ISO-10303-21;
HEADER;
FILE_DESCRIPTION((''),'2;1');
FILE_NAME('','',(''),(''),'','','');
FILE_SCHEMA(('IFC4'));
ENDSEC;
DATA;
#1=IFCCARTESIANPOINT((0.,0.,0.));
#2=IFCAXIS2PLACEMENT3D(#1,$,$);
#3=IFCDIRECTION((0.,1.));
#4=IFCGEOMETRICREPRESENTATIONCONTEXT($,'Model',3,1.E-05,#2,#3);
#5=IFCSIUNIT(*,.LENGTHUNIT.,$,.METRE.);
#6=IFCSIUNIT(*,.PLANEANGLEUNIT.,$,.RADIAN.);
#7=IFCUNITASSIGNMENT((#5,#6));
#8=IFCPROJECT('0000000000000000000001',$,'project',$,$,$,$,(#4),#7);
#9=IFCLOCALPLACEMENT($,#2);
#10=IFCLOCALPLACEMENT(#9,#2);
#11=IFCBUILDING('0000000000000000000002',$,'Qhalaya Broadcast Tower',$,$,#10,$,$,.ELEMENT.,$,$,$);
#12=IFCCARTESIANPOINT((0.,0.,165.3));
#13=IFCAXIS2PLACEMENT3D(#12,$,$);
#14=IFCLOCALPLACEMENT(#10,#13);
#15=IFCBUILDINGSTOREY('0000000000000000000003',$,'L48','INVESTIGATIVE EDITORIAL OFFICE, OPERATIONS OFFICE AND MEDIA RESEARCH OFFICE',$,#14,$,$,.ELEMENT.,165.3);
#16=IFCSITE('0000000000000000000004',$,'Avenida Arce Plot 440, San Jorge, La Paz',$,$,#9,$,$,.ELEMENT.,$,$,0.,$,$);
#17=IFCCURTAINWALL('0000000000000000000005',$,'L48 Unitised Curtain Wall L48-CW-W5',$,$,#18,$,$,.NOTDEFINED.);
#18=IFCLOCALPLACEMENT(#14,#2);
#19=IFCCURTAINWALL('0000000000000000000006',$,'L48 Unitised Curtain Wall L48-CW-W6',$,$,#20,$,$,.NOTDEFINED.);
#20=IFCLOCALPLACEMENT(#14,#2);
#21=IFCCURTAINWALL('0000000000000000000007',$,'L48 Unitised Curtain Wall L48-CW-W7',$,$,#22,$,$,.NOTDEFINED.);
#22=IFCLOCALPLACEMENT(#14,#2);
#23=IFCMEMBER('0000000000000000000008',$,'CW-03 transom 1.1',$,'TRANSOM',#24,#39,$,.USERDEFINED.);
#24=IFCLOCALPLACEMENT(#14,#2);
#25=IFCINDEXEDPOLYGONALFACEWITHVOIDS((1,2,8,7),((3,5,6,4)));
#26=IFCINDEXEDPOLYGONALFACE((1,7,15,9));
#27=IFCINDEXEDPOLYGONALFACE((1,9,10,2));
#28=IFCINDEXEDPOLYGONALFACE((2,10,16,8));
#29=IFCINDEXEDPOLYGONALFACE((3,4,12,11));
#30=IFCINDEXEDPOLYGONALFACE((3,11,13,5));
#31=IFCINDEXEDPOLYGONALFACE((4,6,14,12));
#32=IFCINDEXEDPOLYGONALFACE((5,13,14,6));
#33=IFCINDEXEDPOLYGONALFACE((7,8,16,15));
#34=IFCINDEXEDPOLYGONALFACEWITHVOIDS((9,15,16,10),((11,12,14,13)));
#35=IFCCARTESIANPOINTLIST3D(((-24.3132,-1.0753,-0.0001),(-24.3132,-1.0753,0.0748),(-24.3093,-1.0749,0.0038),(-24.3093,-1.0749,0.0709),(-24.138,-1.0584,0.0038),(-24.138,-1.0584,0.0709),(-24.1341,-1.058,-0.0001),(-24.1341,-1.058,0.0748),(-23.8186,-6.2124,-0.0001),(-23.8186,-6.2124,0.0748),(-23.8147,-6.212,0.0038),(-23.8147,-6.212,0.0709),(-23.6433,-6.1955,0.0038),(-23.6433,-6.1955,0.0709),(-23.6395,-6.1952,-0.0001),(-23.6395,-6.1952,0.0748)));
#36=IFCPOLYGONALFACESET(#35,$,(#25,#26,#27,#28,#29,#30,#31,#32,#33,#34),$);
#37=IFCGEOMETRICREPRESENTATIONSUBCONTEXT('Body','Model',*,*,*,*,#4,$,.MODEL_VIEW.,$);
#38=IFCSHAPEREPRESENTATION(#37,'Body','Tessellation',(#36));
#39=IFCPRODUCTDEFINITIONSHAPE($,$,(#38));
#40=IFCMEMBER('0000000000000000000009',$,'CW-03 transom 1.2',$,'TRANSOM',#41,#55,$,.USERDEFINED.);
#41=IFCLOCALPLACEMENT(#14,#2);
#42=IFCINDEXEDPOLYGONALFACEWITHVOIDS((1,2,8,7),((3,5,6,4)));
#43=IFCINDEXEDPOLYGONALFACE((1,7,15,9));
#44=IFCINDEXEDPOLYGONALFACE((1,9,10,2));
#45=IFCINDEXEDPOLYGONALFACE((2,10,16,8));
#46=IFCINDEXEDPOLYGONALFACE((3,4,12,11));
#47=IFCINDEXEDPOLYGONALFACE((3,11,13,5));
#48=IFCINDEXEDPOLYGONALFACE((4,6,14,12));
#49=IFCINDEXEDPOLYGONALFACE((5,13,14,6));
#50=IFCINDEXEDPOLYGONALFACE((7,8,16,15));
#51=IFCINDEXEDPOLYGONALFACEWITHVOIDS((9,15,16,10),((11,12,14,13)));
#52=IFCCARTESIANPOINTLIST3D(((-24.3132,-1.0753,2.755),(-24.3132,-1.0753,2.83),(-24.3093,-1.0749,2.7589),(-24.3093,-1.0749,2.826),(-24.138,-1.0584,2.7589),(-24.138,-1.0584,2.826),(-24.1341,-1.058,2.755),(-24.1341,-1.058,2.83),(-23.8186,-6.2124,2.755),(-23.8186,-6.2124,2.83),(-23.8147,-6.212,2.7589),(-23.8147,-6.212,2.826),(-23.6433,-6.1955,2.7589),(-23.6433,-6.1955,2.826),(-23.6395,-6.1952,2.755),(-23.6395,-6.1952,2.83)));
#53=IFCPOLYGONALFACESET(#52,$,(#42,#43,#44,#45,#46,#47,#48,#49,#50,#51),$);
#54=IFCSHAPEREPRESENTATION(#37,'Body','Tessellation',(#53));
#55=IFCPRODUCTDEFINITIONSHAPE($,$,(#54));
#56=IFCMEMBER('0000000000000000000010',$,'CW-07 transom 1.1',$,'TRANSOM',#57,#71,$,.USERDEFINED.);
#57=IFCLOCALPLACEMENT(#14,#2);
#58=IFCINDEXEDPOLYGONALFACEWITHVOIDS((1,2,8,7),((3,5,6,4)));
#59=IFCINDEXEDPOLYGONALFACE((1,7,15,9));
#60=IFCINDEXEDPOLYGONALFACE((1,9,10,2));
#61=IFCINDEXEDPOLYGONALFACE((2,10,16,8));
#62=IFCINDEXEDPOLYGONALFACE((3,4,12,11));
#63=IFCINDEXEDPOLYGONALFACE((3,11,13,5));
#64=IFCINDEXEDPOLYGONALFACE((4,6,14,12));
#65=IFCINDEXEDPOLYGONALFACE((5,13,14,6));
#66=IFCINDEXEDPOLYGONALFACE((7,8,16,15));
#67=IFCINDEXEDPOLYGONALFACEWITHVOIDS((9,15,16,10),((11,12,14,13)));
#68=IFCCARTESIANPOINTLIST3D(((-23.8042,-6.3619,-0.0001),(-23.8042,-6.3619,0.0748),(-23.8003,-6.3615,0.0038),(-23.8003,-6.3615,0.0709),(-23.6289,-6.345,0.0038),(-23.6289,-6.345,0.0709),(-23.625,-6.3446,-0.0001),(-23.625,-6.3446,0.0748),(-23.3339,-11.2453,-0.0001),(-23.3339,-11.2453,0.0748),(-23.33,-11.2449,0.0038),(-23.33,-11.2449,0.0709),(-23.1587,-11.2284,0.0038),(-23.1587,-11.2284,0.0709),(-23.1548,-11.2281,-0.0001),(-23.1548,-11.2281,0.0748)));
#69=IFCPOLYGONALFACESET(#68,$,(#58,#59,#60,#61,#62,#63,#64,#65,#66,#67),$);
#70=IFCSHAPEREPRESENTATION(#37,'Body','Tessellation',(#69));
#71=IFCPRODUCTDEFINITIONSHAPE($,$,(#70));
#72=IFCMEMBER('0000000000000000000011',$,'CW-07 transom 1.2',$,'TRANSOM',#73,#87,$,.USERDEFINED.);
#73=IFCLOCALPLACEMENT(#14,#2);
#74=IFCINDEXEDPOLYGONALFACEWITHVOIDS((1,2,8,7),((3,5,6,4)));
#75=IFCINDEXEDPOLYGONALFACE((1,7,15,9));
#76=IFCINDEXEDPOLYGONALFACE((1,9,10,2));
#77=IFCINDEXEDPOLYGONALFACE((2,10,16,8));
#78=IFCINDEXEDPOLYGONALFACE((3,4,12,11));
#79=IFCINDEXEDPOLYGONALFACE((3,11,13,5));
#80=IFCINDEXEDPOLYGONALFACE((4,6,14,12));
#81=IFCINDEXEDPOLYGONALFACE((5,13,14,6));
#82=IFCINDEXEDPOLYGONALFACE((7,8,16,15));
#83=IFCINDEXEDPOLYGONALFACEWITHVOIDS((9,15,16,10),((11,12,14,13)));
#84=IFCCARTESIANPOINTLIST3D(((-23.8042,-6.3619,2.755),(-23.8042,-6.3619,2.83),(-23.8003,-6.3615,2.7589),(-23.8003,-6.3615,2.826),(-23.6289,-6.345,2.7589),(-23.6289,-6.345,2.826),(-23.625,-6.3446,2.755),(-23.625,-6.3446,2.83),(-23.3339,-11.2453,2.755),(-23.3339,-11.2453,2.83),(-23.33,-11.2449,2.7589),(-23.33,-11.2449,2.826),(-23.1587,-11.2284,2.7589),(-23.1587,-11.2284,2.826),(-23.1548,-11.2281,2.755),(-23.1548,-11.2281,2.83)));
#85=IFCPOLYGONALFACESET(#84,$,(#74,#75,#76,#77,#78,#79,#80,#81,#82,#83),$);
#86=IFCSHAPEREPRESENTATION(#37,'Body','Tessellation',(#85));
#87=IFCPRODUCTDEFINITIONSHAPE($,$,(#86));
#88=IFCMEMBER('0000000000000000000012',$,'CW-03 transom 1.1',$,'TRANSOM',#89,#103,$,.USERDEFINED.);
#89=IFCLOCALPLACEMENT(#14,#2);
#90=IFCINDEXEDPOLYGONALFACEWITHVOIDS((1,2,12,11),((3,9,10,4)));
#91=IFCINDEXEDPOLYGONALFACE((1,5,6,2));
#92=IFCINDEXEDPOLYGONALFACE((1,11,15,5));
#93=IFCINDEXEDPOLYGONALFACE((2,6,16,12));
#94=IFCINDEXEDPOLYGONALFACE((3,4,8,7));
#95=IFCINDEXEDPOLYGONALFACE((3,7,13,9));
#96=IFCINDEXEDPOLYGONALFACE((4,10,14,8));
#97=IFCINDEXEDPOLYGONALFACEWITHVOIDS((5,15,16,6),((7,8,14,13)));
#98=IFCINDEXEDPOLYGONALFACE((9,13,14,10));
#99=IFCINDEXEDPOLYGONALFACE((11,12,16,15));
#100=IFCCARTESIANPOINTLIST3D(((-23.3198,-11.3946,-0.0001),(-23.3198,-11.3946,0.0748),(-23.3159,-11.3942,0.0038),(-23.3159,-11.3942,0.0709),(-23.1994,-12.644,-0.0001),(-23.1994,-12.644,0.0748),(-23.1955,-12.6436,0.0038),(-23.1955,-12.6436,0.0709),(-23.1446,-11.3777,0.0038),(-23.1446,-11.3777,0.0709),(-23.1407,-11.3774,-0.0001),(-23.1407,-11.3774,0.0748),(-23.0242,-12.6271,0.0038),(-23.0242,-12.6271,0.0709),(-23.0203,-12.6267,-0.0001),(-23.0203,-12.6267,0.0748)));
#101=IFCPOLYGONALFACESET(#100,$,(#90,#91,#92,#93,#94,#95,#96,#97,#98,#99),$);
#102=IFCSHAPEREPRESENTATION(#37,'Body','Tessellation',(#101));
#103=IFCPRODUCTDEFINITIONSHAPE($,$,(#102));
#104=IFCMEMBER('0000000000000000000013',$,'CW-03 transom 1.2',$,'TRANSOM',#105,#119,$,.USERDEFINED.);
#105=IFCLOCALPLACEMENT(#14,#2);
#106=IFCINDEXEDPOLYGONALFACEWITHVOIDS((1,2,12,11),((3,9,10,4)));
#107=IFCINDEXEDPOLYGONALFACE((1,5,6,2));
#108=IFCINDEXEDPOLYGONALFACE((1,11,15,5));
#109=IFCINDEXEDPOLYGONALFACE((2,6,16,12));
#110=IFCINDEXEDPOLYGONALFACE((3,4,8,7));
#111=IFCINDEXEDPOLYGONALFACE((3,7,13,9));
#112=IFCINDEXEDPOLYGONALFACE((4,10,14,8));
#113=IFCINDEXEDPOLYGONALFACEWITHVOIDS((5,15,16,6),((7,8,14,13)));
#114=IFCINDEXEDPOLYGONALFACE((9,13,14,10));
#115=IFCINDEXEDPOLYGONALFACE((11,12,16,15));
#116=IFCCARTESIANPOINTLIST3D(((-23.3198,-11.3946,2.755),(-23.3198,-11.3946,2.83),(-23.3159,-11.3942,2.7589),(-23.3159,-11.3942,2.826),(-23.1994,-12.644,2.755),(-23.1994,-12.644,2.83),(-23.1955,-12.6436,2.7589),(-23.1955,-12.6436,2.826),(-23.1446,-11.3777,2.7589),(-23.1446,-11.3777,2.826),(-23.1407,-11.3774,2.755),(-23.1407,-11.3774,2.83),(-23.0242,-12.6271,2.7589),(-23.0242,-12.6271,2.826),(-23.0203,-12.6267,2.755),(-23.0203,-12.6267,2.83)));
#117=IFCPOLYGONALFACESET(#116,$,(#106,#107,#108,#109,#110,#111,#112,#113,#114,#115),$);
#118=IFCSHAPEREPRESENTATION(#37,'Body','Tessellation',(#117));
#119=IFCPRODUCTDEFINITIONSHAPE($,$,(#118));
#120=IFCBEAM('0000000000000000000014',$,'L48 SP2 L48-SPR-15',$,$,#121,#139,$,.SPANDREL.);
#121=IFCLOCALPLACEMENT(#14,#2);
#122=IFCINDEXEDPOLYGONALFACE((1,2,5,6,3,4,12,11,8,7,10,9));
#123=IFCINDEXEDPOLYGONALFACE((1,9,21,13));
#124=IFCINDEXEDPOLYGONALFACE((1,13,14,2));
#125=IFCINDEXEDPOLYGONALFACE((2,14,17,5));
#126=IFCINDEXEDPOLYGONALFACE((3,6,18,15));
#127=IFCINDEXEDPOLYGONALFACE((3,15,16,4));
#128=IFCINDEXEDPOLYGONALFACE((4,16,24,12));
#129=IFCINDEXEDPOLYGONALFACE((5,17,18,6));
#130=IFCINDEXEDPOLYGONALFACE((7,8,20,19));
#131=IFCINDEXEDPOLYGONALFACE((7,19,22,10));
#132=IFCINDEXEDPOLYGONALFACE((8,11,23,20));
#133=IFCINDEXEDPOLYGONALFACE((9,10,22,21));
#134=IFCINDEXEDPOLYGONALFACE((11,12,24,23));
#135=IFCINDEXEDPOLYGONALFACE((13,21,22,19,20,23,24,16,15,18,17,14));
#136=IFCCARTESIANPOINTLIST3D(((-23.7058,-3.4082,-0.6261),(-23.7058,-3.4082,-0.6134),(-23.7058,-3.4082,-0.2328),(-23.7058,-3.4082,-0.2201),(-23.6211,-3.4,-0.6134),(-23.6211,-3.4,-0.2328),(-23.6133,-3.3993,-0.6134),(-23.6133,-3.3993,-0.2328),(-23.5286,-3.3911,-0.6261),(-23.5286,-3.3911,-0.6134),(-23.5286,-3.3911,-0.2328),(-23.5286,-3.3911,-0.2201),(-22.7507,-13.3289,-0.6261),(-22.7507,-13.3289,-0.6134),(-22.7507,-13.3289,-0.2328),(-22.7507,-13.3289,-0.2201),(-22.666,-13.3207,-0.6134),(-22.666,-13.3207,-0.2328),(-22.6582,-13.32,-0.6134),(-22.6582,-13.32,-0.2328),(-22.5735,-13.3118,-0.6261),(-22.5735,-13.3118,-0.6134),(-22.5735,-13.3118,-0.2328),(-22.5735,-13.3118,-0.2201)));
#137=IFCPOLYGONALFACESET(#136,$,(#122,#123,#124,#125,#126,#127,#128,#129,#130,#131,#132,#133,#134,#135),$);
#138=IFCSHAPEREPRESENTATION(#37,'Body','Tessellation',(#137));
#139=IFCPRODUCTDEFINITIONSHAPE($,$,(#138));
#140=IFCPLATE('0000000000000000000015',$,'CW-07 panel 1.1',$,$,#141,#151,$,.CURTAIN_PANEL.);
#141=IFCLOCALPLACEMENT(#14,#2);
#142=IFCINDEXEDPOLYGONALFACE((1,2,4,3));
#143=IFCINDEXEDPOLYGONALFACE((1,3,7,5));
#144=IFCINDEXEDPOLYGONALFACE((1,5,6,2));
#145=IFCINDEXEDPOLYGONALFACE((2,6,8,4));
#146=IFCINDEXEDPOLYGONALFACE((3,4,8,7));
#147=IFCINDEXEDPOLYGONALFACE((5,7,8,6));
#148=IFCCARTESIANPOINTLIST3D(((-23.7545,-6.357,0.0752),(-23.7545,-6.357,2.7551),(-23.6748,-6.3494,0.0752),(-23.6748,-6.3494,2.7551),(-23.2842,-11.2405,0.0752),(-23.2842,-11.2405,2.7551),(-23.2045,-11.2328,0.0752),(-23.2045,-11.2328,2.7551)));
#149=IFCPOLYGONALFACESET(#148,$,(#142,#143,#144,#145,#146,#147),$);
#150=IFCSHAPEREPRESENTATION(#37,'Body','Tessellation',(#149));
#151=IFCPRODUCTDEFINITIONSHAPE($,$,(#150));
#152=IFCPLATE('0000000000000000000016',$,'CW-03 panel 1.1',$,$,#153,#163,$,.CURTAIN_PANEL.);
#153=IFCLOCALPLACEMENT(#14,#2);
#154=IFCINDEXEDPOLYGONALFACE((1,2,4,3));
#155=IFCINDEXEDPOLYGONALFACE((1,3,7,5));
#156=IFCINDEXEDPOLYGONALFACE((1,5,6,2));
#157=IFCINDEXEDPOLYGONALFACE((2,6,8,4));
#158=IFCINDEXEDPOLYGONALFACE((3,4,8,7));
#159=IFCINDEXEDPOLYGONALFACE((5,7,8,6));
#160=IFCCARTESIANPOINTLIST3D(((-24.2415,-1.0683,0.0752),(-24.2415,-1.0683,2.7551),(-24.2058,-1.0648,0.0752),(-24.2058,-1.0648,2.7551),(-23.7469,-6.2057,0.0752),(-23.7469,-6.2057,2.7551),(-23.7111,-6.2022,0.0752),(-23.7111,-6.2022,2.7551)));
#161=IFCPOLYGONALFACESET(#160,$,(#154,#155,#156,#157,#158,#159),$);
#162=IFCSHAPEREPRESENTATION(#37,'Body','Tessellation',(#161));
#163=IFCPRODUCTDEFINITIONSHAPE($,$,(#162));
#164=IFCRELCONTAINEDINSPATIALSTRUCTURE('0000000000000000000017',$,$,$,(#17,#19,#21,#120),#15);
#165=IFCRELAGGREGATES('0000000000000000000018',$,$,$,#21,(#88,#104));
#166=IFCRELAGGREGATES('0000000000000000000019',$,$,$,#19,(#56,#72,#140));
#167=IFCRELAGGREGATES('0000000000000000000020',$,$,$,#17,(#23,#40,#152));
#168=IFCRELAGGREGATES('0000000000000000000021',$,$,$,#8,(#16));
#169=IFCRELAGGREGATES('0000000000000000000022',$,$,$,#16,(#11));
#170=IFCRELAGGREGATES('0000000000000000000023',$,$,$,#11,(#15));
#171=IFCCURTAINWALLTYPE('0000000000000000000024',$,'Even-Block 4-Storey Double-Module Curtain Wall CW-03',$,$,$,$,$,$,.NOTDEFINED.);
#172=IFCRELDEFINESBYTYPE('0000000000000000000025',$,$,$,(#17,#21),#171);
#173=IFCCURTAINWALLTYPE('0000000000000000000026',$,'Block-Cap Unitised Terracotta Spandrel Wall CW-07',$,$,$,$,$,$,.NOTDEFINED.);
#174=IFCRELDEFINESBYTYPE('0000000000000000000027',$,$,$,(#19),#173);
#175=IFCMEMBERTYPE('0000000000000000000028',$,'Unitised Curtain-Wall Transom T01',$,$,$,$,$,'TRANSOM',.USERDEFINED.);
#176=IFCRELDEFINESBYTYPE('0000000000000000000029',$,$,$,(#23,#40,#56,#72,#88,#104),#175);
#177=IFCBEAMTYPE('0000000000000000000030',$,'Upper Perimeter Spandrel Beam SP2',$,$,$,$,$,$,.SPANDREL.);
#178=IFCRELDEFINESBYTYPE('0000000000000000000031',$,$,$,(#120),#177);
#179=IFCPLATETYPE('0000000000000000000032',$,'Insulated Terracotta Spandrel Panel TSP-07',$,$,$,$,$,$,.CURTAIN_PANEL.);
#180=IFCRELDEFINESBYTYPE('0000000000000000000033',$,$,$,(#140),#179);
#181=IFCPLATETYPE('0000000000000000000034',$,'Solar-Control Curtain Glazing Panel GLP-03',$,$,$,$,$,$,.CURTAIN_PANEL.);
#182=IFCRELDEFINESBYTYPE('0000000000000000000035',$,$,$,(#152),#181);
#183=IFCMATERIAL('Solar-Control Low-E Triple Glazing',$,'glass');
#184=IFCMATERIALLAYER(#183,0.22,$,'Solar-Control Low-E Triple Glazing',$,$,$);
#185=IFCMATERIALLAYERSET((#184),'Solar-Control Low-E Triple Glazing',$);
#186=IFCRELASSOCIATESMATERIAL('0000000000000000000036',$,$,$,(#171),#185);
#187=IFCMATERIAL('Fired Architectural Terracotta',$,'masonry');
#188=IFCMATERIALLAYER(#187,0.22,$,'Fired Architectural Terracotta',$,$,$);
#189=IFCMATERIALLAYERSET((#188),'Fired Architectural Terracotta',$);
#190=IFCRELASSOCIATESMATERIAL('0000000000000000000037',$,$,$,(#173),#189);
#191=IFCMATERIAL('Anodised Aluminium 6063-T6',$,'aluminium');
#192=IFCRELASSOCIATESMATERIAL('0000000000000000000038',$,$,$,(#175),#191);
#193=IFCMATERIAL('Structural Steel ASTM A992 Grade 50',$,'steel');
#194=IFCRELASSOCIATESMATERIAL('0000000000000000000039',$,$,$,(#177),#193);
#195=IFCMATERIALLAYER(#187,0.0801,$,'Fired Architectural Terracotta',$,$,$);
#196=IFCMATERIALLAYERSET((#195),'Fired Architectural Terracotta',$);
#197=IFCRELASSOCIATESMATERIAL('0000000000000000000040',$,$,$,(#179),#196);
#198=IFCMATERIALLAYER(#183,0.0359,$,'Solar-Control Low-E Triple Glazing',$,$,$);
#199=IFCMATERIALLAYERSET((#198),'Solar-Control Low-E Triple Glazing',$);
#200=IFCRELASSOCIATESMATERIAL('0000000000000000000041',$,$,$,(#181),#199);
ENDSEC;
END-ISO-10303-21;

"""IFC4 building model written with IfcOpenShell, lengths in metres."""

from ifc_helpers import new_model, si_unit, direction, frame, origin, origin_2d, place, context, subcontext, project, spatial, rectangle, hollow_rectangle, i_section, extrude, material, layer, layer_set, material_profile, profile_set, type_object, element, aggregate, save


model = new_model("IFC4")

# Units and contexts
model_context = context("Model", 3, precision=1e-05, world=origin(), true_north=direction((0.0, 1.0)))
body_context = subcontext(model_context, "Body", "Model", "MODEL_VIEW")
ifc_project = project(units=[si_unit("LENGTHUNIT", "METRE"), si_unit("PLANEANGLEUNIT", "RADIAN")], contexts=[model_context])

# Site, building, storey
site_placement = place(None, origin())
site = spatial("IfcSite", under=ifc_project, at=site_placement, Name="Avenida Arce Plot 440, San Jorge, La Paz", CompositionType="ELEMENT", RefElevation=0.0)
building_placement = place(site_placement, origin())
building = spatial("IfcBuilding", under=site, at=building_placement, Name="Qhalaya Broadcast Tower", CompositionType="ELEMENT")
storey_placement = place(building_placement, frame((0.0, 0.0, 165.3)))
storey = spatial("IfcBuildingStorey", under=building, at=storey_placement, Name="L48", Description="INVESTIGATIVE EDITORIAL OFFICE, OPERATIONS OFFICE AND MEDIA RESEARCH OFFICE", CompositionType="ELEMENT", Elevation=165.3)

# Shared definitions
ifc_material_1 = material(Name="Structural Steel ASTM A992 Grade 50", Category="steel")

# Curtain walls
ifc_material_2 = material(Name="Solar-Control Low-E Triple Glazing", Category="glass")
ifc_layer_1 = layer(ifc_material_2, 0.22, Name="Solar-Control Low-E Triple Glazing")
ifc_layer_set_1 = layer_set([ifc_layer_1], Name="Solar-Control Low-E Triple Glazing")
curtain_wall_type_1 = type_object("IfcCurtainWallType", Name="Even-Block 4-Storey Double-Module Curtain Wall CW-03", PredefinedType="NOTDEFINED", material=ifc_layer_set_1)
curtain_wall_1_placement = place(storey_placement, origin())
curtain_wall_1 = element("IfcCurtainWall", 1, at=curtain_wall_1_placement, inside=storey, type_object=curtain_wall_type_1, Name="L48 Unitised Curtain Wall L48-CW-W5", PredefinedType="NOTDEFINED")
ifc_material_3 = material(Name="Anodised Aluminium 6063-T6", Category="aluminium")
ifc_material_4 = material(Name="Fired Architectural Terracotta", Category="masonry")
ifc_layer_2 = layer(ifc_material_4, 0.22, Name="Fired Architectural Terracotta")
ifc_layer_set_2 = layer_set([ifc_layer_2], Name="Fired Architectural Terracotta")
curtain_wall_type_2 = type_object("IfcCurtainWallType", Name="Block-Cap Unitised Terracotta Spandrel Wall CW-07", PredefinedType="NOTDEFINED", material=ifc_layer_set_2)
curtain_wall_2_placement = place(storey_placement, origin())
curtain_wall_2 = element("IfcCurtainWall", 2, at=curtain_wall_2_placement, inside=storey, type_object=curtain_wall_type_2, Name="L48 Unitised Curtain Wall L48-CW-W6", PredefinedType="NOTDEFINED")

# Curtain wall
curtain_wall_3_placement = place(storey_placement, origin())
curtain_wall_3 = element("IfcCurtainWall", 3, at=curtain_wall_3_placement, inside=storey, type_object=curtain_wall_type_1, Name="L48 Unitised Curtain Wall L48-CW-W7", PredefinedType="NOTDEFINED")

# Members
ifc_material_profile_1 = material_profile(ifc_material_3, hollow_rectangle(XDim=0.075, YDim=0.1799, WallThickness=0.0039, at=origin_2d()), Name="ALU-TRN 75x180x4")
ifc_profile_set_1 = profile_set([ifc_material_profile_1], Name="Anodised Aluminium 6063-T6")
member_type_1 = type_object("IfcMemberType", Name="Unitised Curtain-Wall Transom T01", ElementType="TRANSOM", PredefinedType="USERDEFINED", material=ifc_profile_set_1)
member_1_placement = place(storey_placement, frame((-24.2236, -1.0667, 0.0374), z_axis=(0.09584, -0.995397, 0.0), x_axis=(0.0, 0.0, 1.0)))
member_1 = element("IfcMember", 4, at=member_1_placement, type_object=member_type_1, Name="CW-03 transom 1.1", ObjectType="TRANSOM", PredefinedType="USERDEFINED", context=body_context, shape_type="SweptSolid", body=[
    extrude(hollow_rectangle(XDim=0.075, YDim=0.1799, WallThickness=0.0039, at=origin_2d()), origin(), (0.0, 0.0, 1.0), 5.1609),
])
member_2_placement = place(storey_placement, frame((-24.2236, -1.0667, 2.7925), z_axis=(0.09584, -0.995397, 0.0), x_axis=(0.0, 0.0, 1.0)))
member_2 = element("IfcMember", 5, at=member_2_placement, type_object=member_type_1, Name="CW-03 transom 1.2", ObjectType="TRANSOM", PredefinedType="USERDEFINED", context=body_context, shape_type="SweptSolid", body=[
    extrude(hollow_rectangle(XDim=0.075, YDim=0.1799, WallThickness=0.0039, at=origin_2d()), origin(), (0.0, 0.0, 1.0), 5.1609),
])
member_3_placement = place(storey_placement, frame((-23.7146, -6.3533, 0.0374), z_axis=(0.095847, -0.995396, 0.0), x_axis=(0.0, 0.0, 1.0)))
member_3 = element("IfcMember", 6, at=member_3_placement, type_object=member_type_1, Name="CW-07 transom 1.1", ObjectType="TRANSOM", PredefinedType="USERDEFINED", context=body_context, shape_type="SweptSolid", body=[
    extrude(hollow_rectangle(XDim=0.075, YDim=0.1799, WallThickness=0.0039, at=origin_2d()), origin(), (0.0, 0.0, 1.0), 4.906),
])
member_4_placement = place(storey_placement, frame((-23.7146, -6.3533, 2.7925), z_axis=(0.095847, -0.995396, 0.0), x_axis=(0.0, 0.0, 1.0)))
member_4 = element("IfcMember", 7, at=member_4_placement, type_object=member_type_1, Name="CW-07 transom 1.2", ObjectType="TRANSOM", PredefinedType="USERDEFINED", context=body_context, shape_type="SweptSolid", body=[
    extrude(hollow_rectangle(XDim=0.075, YDim=0.1799, WallThickness=0.0039, at=origin_2d()), origin(), (0.0, 0.0, 1.0), 4.906),
])
member_5_placement = place(storey_placement, frame((-23.2302, -11.386, 0.0374), z_axis=(0.095901, -0.995391, 0.0), x_axis=(0.0, 0.0, 1.0)))
member_5 = element("IfcMember", 8, at=member_5_placement, type_object=member_type_1, Name="CW-03 transom 1.1", ObjectType="TRANSOM", PredefinedType="USERDEFINED", context=body_context, shape_type="SweptSolid", body=[
    extrude(hollow_rectangle(XDim=0.075, YDim=0.1799, WallThickness=0.0039, at=origin_2d()), origin(), (0.0, 0.0, 1.0), 1.2551),
])
member_6_placement = place(storey_placement, frame((-23.2302, -11.386, 2.7925), z_axis=(0.095901, -0.995391, 0.0), x_axis=(0.0, 0.0, 1.0)))
member_6 = element("IfcMember", 9, at=member_6_placement, type_object=member_type_1, Name="CW-03 transom 1.2", ObjectType="TRANSOM", PredefinedType="USERDEFINED", context=body_context, shape_type="SweptSolid", body=[
    extrude(hollow_rectangle(XDim=0.075, YDim=0.1799, WallThickness=0.0039, at=origin_2d()), origin(), (0.0, 0.0, 1.0), 1.2551),
])
aggregate(curtain_wall_3, [member_5, member_6])

# Beam
ifc_material_profile_2 = material_profile(ifc_material_1, i_section(OverallWidth=0.178, OverallDepth=0.406, WebThickness=0.0078, FlangeThickness=0.0127, at=origin_2d()), Name="W16X40")
ifc_profile_set_2 = profile_set([ifc_material_profile_2], Name="Structural Steel ASTM A992 Grade 50")
beam_type_1 = type_object("IfcBeamType", Name="Upper Perimeter Spandrel Beam SP2", PredefinedType="SPANDREL", material=ifc_profile_set_2)
beam_1_placement = place(storey_placement, frame((-23.6172, -3.3997, -0.4231), z_axis=(0.095829, -0.995398, 0.0), x_axis=(0.995398, 0.095829, 0.0)))
element("IfcBeam", 10, at=beam_1_placement, inside=storey, type_object=beam_type_1, Name="L48 SP2 L48-SPR-15", PredefinedType="SPANDREL", context=body_context, shape_type="SweptSolid", body=[
    extrude(i_section(OverallWidth=0.178, OverallDepth=0.406, WebThickness=0.0078, FlangeThickness=0.0127, at=origin_2d()), origin(), (0.0, 0.0, 1.0), 9.9666),
])

# Plates
ifc_layer_3 = layer(ifc_material_4, 0.0801, Name="Fired Architectural Terracotta")
ifc_layer_set_3 = layer_set([ifc_layer_3], Name="Fired Architectural Terracotta")
plate_type_1 = type_object("IfcPlateType", Name="Insulated Terracotta Spandrel Panel TSP-07", PredefinedType="CURTAIN_PANEL", material=ifc_layer_set_3)
plate_1_placement = place(storey_placement, frame((-23.4795, -8.7949, 0.0752), z_axis=(0.0, 0.0, 1.0), x_axis=(0.095847, -0.995396, 0.0)))
plate_1 = element("IfcPlate", 11, at=plate_1_placement, type_object=plate_type_1, Name="CW-07 panel 1.1", PredefinedType="CURTAIN_PANEL", context=body_context, shape_type="SweptSolid", body=[
    extrude(rectangle(XDim=4.906, YDim=0.0801, at=origin_2d()), origin(), (0.0, 0.0, 1.0), 2.6799),
])
aggregate(curtain_wall_2, [member_3, member_4, plate_1])
ifc_layer_4 = layer(ifc_material_2, 0.0359, Name="Solar-Control Low-E Triple Glazing")
ifc_layer_set_4 = layer_set([ifc_layer_4], Name="Solar-Control Low-E Triple Glazing")
plate_type_2 = type_object("IfcPlateType", Name="Solar-Control Curtain Glazing Panel GLP-03", PredefinedType="CURTAIN_PANEL", material=ifc_layer_set_4)
plate_2_placement = place(storey_placement, frame((-23.9763, -3.6353, 0.0752), z_axis=(0.0, 0.0, 1.0), x_axis=(0.095838, -0.995397, 0.0)))
plate_2 = element("IfcPlate", 12, at=plate_2_placement, type_object=plate_type_2, Name="CW-03 panel 1.1", PredefinedType="CURTAIN_PANEL", context=body_context, shape_type="SweptSolid", body=[
    extrude(rectangle(XDim=5.1611, YDim=0.0359, at=origin_2d()), origin(), (0.0, 0.0, 1.0), 2.6799),
])
aggregate(curtain_wall_1, [member_1, member_2, plate_2])

save(model, "model.ifc")
